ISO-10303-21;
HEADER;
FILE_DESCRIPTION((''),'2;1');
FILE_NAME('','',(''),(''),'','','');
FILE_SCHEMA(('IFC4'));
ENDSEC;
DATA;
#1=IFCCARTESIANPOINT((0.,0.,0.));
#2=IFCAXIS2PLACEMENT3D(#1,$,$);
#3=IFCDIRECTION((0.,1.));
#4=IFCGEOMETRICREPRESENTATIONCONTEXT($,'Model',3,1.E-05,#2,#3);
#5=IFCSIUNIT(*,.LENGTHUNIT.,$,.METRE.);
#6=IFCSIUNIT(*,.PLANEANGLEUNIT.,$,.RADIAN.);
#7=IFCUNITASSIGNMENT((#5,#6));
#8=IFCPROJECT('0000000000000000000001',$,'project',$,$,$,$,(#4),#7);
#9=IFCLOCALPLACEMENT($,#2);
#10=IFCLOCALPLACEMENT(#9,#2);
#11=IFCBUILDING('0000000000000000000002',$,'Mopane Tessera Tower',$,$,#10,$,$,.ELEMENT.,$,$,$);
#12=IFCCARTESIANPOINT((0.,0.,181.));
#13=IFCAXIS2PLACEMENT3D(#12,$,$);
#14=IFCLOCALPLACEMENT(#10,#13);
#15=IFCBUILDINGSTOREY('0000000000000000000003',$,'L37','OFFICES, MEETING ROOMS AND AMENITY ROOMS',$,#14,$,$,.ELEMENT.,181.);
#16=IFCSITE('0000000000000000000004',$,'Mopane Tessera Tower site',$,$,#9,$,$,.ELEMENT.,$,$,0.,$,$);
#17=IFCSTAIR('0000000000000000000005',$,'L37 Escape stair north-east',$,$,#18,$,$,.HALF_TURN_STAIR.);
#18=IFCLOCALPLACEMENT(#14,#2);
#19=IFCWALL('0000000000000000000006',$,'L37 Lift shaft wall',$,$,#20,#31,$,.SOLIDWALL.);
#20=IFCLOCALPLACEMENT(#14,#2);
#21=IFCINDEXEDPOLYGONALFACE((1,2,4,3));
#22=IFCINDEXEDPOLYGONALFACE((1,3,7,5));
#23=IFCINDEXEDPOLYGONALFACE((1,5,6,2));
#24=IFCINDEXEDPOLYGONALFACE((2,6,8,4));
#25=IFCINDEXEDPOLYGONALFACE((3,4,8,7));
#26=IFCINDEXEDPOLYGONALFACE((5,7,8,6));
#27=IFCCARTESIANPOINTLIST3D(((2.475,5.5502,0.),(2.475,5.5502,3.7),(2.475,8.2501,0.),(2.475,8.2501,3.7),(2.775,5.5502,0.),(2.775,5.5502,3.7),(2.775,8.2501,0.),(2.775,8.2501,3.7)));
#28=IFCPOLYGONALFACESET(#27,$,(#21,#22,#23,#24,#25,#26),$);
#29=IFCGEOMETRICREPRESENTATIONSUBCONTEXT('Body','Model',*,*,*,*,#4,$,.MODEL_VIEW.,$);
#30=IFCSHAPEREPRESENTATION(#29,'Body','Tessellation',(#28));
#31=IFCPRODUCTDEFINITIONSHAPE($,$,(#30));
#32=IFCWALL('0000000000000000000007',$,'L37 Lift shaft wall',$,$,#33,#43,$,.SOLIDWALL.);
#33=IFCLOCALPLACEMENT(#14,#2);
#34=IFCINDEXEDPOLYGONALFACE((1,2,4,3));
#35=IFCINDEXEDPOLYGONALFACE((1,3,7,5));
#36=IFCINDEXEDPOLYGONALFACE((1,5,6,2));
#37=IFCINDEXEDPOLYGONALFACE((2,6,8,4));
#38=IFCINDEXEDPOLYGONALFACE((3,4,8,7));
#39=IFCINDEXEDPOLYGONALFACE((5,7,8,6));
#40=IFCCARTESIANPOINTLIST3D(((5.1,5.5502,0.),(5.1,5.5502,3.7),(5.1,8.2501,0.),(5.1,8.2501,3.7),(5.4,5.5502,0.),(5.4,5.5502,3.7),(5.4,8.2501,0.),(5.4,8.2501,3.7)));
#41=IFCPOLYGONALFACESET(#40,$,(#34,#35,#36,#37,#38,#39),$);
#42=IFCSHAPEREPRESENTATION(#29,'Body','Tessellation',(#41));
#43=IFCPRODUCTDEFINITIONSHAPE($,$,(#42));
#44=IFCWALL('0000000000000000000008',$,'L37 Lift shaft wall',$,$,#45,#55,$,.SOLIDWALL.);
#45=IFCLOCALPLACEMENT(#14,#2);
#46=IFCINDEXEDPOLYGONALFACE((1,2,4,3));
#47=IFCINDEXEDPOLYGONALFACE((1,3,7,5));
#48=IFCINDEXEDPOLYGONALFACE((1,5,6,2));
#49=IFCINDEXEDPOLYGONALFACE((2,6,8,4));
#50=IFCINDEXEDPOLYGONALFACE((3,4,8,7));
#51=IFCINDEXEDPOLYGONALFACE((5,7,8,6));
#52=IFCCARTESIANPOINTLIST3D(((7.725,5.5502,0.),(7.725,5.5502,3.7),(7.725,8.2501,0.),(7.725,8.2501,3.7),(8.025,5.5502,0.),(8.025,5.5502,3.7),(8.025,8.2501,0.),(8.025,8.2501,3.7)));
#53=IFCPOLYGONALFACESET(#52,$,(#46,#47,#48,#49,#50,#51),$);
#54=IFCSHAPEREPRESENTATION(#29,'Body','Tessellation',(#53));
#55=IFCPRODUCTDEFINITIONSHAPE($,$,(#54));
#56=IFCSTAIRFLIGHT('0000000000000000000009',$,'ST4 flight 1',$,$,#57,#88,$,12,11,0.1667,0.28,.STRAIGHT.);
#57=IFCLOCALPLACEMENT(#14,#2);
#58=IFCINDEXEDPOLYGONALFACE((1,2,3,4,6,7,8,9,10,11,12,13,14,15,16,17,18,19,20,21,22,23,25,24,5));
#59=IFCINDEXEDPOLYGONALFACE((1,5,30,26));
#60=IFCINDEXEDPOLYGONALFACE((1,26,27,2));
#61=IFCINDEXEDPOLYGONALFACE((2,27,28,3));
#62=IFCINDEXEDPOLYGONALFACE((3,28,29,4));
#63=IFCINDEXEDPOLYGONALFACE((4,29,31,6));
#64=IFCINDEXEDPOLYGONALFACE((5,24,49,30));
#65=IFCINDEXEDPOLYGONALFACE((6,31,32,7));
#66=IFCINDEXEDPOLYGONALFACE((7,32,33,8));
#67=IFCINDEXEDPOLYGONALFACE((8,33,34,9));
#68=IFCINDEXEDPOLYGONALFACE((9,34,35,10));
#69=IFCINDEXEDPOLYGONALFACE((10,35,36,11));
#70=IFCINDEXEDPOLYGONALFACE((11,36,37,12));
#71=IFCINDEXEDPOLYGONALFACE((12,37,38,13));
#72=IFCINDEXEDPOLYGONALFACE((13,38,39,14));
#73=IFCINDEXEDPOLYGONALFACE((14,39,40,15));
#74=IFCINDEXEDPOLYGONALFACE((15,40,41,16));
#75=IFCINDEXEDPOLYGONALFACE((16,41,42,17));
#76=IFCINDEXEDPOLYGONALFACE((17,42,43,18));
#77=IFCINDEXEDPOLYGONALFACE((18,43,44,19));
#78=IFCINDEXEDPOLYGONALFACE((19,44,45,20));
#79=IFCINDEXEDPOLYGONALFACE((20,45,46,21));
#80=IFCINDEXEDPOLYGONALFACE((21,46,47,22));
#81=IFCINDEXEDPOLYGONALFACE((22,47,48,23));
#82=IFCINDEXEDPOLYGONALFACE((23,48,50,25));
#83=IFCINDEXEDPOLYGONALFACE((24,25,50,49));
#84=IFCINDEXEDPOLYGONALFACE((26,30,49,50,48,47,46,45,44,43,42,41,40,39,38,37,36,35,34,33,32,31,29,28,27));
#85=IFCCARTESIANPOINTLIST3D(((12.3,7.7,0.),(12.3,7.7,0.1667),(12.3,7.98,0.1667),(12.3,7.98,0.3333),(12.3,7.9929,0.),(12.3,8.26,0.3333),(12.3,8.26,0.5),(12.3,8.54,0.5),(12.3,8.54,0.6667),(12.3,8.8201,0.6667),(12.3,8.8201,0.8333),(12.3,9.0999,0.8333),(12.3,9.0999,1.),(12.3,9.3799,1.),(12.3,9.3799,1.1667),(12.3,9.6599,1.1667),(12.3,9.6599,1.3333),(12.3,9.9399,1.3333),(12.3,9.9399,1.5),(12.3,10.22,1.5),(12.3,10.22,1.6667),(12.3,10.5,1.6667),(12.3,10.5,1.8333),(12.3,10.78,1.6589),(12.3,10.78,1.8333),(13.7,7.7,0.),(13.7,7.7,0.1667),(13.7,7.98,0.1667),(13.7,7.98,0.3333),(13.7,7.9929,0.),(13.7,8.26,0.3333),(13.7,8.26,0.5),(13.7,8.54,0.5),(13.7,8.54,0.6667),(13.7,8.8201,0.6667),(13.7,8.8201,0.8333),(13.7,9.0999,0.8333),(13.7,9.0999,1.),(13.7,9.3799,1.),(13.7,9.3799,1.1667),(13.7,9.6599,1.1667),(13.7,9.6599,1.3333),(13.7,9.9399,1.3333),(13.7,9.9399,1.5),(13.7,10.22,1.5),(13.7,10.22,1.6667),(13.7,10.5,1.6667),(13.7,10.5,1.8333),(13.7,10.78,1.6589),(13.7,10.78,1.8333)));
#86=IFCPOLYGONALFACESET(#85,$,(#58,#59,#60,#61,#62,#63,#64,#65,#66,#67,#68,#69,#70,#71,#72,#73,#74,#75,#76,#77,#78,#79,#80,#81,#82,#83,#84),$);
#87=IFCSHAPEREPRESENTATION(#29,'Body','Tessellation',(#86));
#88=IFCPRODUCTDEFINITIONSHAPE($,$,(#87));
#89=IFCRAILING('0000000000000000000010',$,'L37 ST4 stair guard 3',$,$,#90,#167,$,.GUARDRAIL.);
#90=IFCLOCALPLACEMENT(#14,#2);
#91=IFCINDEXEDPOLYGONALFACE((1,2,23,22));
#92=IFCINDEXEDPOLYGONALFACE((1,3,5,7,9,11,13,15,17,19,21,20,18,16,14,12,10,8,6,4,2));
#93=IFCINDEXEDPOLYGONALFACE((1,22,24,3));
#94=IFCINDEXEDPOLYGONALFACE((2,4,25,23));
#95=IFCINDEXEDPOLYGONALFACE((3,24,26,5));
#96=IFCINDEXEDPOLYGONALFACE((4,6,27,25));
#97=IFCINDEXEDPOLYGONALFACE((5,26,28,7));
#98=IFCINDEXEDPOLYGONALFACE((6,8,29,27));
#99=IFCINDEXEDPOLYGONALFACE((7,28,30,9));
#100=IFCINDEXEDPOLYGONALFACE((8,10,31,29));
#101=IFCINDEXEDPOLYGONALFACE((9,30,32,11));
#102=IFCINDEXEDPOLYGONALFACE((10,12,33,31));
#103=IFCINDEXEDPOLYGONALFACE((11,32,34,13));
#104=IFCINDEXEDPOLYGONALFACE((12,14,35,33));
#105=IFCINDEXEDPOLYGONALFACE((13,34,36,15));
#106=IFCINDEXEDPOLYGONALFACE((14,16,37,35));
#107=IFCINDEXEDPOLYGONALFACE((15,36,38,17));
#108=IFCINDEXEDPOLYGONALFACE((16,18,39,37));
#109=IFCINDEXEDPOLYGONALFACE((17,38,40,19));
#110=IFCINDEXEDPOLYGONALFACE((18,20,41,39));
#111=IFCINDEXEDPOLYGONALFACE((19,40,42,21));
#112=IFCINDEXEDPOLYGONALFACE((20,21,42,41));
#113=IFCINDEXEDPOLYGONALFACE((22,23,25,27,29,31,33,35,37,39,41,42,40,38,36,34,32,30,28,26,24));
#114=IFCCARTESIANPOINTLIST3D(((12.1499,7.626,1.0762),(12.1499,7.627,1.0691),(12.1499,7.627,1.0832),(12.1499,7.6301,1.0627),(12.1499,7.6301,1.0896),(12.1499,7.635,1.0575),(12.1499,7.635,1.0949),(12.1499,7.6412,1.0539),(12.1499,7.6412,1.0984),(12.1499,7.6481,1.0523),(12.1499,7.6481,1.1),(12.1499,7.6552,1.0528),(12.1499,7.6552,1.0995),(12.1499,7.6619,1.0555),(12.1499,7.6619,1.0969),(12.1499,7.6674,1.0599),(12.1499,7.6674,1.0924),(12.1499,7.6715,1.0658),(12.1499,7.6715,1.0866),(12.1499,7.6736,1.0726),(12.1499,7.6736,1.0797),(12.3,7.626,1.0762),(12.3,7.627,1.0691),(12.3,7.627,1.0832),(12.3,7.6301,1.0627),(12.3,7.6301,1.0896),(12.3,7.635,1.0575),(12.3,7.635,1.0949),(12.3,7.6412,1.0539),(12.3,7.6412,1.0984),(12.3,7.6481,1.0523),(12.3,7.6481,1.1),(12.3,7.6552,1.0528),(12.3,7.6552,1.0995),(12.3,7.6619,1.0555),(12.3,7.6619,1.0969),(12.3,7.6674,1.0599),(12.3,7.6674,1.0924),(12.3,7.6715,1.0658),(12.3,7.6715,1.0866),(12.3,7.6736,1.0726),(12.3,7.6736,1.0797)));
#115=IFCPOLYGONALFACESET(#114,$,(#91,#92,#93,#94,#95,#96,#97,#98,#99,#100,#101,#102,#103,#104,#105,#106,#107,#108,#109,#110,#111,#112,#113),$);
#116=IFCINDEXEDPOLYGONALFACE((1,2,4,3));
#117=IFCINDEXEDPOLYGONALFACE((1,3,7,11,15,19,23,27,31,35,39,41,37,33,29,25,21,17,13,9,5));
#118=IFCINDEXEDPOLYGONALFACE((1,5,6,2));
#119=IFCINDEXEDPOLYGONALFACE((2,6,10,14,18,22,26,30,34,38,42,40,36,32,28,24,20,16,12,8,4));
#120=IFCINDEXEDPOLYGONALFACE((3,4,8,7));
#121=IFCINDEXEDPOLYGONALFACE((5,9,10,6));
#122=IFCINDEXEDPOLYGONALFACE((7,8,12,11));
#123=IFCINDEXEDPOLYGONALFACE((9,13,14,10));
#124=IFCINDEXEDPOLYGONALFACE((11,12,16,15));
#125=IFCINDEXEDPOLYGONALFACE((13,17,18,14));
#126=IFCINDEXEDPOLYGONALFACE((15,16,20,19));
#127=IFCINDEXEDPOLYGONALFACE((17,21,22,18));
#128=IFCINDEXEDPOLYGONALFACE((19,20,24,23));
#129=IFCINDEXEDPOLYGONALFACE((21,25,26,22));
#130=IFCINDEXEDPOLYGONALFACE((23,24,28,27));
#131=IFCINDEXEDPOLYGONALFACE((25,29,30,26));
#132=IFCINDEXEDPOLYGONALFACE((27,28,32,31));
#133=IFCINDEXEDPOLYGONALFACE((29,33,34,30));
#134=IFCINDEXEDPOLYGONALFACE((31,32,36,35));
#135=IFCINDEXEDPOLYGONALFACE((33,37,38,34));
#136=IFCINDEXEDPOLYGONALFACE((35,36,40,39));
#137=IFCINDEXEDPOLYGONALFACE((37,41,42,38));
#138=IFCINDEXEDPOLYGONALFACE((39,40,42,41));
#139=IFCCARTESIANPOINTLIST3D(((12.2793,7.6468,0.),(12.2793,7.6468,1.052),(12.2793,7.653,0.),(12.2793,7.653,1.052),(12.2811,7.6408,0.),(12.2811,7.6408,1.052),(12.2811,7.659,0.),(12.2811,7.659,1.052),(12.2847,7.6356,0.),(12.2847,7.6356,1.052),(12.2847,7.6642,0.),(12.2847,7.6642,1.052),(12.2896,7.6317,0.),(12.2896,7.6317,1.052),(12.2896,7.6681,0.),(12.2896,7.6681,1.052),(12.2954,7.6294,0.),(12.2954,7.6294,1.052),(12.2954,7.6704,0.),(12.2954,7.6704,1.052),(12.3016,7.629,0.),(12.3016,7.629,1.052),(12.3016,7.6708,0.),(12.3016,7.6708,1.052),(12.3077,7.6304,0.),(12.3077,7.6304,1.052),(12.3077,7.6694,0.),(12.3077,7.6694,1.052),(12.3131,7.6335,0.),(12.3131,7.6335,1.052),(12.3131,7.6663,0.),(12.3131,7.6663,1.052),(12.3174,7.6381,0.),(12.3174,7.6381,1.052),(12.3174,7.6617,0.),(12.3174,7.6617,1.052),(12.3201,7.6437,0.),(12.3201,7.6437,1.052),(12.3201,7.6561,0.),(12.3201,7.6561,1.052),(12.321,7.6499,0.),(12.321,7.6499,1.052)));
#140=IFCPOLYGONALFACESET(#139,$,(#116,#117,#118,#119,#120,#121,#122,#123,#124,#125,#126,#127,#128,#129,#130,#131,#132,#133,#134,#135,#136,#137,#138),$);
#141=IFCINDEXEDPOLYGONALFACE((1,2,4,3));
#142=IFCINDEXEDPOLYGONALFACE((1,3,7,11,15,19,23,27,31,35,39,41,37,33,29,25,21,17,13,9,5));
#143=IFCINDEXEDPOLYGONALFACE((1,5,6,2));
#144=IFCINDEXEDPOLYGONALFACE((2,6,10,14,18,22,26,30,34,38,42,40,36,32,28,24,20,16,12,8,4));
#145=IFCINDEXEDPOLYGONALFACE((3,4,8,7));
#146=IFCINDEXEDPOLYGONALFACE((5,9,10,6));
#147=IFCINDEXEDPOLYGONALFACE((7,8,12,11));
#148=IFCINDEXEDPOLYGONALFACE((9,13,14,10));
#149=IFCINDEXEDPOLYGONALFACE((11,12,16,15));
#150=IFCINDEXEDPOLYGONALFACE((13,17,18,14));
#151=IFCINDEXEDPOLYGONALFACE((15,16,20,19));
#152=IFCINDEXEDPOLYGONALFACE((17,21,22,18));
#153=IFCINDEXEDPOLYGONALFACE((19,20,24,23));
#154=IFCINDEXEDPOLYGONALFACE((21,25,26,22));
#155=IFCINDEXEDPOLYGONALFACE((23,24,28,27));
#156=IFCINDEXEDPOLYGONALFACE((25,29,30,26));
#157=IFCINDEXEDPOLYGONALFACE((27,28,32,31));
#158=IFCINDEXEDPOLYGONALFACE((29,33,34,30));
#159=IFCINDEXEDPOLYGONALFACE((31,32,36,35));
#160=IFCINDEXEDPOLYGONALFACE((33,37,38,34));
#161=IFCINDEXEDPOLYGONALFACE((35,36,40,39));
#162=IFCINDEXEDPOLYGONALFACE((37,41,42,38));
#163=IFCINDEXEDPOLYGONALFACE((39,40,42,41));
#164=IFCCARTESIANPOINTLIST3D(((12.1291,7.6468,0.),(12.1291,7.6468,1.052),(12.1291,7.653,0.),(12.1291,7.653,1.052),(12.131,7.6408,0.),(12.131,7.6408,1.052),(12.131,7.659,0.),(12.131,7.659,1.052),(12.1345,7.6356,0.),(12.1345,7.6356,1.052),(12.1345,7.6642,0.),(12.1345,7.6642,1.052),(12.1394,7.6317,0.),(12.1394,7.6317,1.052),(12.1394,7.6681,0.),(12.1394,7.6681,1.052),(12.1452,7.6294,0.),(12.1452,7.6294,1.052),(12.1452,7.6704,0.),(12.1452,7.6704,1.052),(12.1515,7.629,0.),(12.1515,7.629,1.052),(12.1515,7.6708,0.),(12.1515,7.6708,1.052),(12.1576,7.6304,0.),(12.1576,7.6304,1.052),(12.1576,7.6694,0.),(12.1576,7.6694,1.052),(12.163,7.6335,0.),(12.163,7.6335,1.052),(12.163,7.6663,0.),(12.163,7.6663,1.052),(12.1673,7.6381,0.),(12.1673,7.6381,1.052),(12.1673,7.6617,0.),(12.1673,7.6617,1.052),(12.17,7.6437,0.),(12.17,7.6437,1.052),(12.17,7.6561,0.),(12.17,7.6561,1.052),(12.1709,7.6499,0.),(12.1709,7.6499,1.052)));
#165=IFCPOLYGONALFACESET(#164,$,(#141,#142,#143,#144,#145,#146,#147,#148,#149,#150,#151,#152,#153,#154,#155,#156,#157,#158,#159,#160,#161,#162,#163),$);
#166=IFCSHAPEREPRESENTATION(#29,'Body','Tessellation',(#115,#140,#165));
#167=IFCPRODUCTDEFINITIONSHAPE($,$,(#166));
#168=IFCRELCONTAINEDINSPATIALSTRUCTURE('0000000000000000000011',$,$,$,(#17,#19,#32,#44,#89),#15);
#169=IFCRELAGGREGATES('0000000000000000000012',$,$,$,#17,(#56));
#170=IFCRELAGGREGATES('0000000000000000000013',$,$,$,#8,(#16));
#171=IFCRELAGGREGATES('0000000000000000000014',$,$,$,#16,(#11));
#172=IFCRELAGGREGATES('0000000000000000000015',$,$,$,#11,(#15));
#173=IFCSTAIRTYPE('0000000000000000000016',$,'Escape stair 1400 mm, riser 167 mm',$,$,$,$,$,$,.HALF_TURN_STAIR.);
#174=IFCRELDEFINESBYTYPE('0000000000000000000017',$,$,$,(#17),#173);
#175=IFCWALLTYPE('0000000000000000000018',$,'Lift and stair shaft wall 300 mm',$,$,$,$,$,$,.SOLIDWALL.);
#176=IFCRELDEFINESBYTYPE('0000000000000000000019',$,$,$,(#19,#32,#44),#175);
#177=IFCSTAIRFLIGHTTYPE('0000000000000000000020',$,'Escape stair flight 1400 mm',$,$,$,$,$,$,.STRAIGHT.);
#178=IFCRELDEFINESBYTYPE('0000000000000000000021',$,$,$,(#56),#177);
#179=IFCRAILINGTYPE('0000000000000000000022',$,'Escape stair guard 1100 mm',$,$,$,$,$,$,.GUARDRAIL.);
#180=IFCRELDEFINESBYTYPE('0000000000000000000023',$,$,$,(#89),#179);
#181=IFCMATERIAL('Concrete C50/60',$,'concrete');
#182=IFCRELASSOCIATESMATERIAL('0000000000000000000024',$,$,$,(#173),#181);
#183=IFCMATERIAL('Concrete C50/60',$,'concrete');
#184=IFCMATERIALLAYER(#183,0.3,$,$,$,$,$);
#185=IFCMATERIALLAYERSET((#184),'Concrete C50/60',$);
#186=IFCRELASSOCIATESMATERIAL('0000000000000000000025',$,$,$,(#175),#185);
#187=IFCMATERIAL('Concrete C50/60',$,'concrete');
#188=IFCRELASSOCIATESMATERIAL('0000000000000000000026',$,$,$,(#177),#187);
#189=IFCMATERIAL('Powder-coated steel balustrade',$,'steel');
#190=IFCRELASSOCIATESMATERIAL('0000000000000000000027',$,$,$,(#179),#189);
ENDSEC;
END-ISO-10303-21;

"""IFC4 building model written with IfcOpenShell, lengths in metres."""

from ifc_helpers import new_model, si_unit, direction, frame, frame_2d, origin, origin_2d, place, context, subcontext, project, spatial, polyline, rectangle, circle, outline, extrude, material, layer, layer_set, type_object, element, aggregate, save


model = new_model("IFC4")

# Units and contexts
model_context = context("Model", 3, precision=1e-05, world=origin(), true_north=direction((0.0, 1.0)))
body_context = subcontext(model_context, "Body", "Model", "MODEL_VIEW")
ifc_project = project(units=[si_unit("LENGTHUNIT", "METRE"), si_unit("PLANEANGLEUNIT", "RADIAN")], contexts=[model_context])

# Site, building, storey
site_placement = place(None, origin())
site = spatial("IfcSite", under=ifc_project, at=site_placement, Name="Mopane Tessera Tower site", CompositionType="ELEMENT", RefElevation=0.0)
building_placement = place(site_placement, origin())
building = spatial("IfcBuilding", under=site, at=building_placement, Name="Mopane Tessera Tower", CompositionType="ELEMENT")
storey_placement = place(building_placement, frame((0.0, 0.0, 181.0)))
storey = spatial("IfcBuildingStorey", under=building, at=storey_placement, Name="L37", Description="OFFICES, MEETING ROOMS AND AMENITY ROOMS", CompositionType="ELEMENT", Elevation=181.0)

# Stair
ifc_material_1 = material(Name="Concrete C50/60", Category="concrete")
stair_type = type_object("IfcStairType", Name="Escape stair 1400 mm, riser 167 mm", PredefinedType="HALF_TURN_STAIR", material=ifc_material_1)
stair_1_placement = place(storey_placement, origin())
stair_1 = element("IfcStair", 1, at=stair_1_placement, inside=storey, type_object=stair_type, Name="L37 Escape stair north-east", PredefinedType="HALF_TURN_STAIR")

# Shared definitions
ifc_material_2 = material(Name="Concrete C50/60", Category="concrete")
ifc_layer_1 = layer(ifc_material_2, 0.3)
ifc_layer_set_1 = layer_set([ifc_layer_1], Name="Concrete C50/60")
wall_type_1 = type_object("IfcWallType", Name="Lift and stair shaft wall 300 mm", PredefinedType="SOLIDWALL", material=ifc_layer_set_1)

# Walls
for number, where, z_axis, x_axis, name in (
    (2, (2.625, 5.55, 0.0), (0.0, 0.0, 1.0), (0.0, 1.0, 0.0), "L37 Lift shaft wall"),
    (3, (5.25, 5.55, 0.0), (0.0, 0.0, 1.0), (0.0, 1.0, 0.0), "L37 Lift shaft wall"),
    (4, (7.875, 5.55, 0.0), (0.0, 0.0, 1.0), (0.0, 1.0, 0.0), "L37 Lift shaft wall"),
):
    element("IfcWall", number, at=place(storey_placement, frame(where, z_axis=z_axis, x_axis=x_axis)), inside=storey, type_object=wall_type_1, Name=name, PredefinedType="SOLIDWALL", context=body_context, shape_type="SweptSolid", body=[
        extrude(rectangle(XDim=2.7, YDim=0.3, at=frame_2d((1.3501, 0.0))), origin(), (0.0, 0.0, 1.0), 3.7),
    ])

# Stair flight
ifc_material_3 = material(Name="Concrete C50/60", Category="concrete")
stair_flight_type = type_object("IfcStairFlightType", Name="Escape stair flight 1400 mm", PredefinedType="STRAIGHT", material=ifc_material_3)
stair_flight_placement = place(storey_placement, frame((13.0, 7.7, 0.0), z_axis=(0.0, 0.0, 1.0), x_axis=(0.0, 1.0, 0.0)))
stair_flight = element("IfcStairFlight", 5, at=stair_flight_placement, type_object=stair_flight_type, Name="ST4 flight 1", NumberOfRisers=12, NumberOfTreads=11, PredefinedType="STRAIGHT", RiserHeight=0.1667, TreadLength=0.28, context=body_context, shape_type="SweptSolid", body=[
    extrude(outline(polyline([(0.0, 0.0), (0.0, 0.1667), (0.28, 0.1667), (0.28, 0.3333), (0.5601, 0.3333), (0.5601, 0.5), (0.8401, 0.5), (0.8401, 0.6667), (1.1201, 0.6667), (1.1201, 0.8333), (1.3999, 0.8333), (1.3999, 1.0), (1.6799, 1.0), (1.6799, 1.1667), (1.96, 1.1667), (1.96, 1.3333), (2.24, 1.3333), (2.24, 1.5), (2.52, 1.5), (2.52, 1.6667), (2.8, 1.6667), (2.8, 1.8333), (3.0801, 1.8333), (3.0801, 2.0), (3.0801, 1.6589), (0.293, 0.0), (0.0, 0.0)])), frame((0.0, 0.7, 0.0), z_axis=(0.0, -1.0, 0.0), x_axis=(1.0, 0.0, 0.0)), (0.0, 0.0, 1.0), 1.3999),
])
aggregate(stair_1, [stair_flight])

# Railing
ifc_material_4 = material(Name="Powder-coated steel balustrade", Category="steel")
railing_type_1 = type_object("IfcRailingType", Name="Escape stair guard 1100 mm", PredefinedType="GUARDRAIL", material=ifc_material_4)
railing_1_placement = place(storey_placement, frame((12.3, 7.6499, 0.0)))
element("IfcRailing", 6, at=railing_1_placement, inside=storey, type_object=railing_type_1, Name="L37 ST4 stair guard 3", PredefinedType="GUARDRAIL", context=body_context, shape_type="SweptSolid", body=[
    extrude(circle(Radius=0.0239, at=origin_2d()), frame((0.0, 0.0, 1.0762), z_axis=(-1.0, 0.0, 0.0), x_axis=(0.0, -1.0, 0.0)), (0.0, 0.0, 1.0), 0.1501),
    extrude(circle(Radius=0.021, at=origin_2d()), origin(), (0.0, 0.0, 1.0), 1.052),
    extrude(circle(Radius=0.021, at=origin_2d()), frame((-0.1501, 0.0, 0.0)), (0.0, 0.0, 1.0), 1.052),
])

save(model, "model.ifc")
